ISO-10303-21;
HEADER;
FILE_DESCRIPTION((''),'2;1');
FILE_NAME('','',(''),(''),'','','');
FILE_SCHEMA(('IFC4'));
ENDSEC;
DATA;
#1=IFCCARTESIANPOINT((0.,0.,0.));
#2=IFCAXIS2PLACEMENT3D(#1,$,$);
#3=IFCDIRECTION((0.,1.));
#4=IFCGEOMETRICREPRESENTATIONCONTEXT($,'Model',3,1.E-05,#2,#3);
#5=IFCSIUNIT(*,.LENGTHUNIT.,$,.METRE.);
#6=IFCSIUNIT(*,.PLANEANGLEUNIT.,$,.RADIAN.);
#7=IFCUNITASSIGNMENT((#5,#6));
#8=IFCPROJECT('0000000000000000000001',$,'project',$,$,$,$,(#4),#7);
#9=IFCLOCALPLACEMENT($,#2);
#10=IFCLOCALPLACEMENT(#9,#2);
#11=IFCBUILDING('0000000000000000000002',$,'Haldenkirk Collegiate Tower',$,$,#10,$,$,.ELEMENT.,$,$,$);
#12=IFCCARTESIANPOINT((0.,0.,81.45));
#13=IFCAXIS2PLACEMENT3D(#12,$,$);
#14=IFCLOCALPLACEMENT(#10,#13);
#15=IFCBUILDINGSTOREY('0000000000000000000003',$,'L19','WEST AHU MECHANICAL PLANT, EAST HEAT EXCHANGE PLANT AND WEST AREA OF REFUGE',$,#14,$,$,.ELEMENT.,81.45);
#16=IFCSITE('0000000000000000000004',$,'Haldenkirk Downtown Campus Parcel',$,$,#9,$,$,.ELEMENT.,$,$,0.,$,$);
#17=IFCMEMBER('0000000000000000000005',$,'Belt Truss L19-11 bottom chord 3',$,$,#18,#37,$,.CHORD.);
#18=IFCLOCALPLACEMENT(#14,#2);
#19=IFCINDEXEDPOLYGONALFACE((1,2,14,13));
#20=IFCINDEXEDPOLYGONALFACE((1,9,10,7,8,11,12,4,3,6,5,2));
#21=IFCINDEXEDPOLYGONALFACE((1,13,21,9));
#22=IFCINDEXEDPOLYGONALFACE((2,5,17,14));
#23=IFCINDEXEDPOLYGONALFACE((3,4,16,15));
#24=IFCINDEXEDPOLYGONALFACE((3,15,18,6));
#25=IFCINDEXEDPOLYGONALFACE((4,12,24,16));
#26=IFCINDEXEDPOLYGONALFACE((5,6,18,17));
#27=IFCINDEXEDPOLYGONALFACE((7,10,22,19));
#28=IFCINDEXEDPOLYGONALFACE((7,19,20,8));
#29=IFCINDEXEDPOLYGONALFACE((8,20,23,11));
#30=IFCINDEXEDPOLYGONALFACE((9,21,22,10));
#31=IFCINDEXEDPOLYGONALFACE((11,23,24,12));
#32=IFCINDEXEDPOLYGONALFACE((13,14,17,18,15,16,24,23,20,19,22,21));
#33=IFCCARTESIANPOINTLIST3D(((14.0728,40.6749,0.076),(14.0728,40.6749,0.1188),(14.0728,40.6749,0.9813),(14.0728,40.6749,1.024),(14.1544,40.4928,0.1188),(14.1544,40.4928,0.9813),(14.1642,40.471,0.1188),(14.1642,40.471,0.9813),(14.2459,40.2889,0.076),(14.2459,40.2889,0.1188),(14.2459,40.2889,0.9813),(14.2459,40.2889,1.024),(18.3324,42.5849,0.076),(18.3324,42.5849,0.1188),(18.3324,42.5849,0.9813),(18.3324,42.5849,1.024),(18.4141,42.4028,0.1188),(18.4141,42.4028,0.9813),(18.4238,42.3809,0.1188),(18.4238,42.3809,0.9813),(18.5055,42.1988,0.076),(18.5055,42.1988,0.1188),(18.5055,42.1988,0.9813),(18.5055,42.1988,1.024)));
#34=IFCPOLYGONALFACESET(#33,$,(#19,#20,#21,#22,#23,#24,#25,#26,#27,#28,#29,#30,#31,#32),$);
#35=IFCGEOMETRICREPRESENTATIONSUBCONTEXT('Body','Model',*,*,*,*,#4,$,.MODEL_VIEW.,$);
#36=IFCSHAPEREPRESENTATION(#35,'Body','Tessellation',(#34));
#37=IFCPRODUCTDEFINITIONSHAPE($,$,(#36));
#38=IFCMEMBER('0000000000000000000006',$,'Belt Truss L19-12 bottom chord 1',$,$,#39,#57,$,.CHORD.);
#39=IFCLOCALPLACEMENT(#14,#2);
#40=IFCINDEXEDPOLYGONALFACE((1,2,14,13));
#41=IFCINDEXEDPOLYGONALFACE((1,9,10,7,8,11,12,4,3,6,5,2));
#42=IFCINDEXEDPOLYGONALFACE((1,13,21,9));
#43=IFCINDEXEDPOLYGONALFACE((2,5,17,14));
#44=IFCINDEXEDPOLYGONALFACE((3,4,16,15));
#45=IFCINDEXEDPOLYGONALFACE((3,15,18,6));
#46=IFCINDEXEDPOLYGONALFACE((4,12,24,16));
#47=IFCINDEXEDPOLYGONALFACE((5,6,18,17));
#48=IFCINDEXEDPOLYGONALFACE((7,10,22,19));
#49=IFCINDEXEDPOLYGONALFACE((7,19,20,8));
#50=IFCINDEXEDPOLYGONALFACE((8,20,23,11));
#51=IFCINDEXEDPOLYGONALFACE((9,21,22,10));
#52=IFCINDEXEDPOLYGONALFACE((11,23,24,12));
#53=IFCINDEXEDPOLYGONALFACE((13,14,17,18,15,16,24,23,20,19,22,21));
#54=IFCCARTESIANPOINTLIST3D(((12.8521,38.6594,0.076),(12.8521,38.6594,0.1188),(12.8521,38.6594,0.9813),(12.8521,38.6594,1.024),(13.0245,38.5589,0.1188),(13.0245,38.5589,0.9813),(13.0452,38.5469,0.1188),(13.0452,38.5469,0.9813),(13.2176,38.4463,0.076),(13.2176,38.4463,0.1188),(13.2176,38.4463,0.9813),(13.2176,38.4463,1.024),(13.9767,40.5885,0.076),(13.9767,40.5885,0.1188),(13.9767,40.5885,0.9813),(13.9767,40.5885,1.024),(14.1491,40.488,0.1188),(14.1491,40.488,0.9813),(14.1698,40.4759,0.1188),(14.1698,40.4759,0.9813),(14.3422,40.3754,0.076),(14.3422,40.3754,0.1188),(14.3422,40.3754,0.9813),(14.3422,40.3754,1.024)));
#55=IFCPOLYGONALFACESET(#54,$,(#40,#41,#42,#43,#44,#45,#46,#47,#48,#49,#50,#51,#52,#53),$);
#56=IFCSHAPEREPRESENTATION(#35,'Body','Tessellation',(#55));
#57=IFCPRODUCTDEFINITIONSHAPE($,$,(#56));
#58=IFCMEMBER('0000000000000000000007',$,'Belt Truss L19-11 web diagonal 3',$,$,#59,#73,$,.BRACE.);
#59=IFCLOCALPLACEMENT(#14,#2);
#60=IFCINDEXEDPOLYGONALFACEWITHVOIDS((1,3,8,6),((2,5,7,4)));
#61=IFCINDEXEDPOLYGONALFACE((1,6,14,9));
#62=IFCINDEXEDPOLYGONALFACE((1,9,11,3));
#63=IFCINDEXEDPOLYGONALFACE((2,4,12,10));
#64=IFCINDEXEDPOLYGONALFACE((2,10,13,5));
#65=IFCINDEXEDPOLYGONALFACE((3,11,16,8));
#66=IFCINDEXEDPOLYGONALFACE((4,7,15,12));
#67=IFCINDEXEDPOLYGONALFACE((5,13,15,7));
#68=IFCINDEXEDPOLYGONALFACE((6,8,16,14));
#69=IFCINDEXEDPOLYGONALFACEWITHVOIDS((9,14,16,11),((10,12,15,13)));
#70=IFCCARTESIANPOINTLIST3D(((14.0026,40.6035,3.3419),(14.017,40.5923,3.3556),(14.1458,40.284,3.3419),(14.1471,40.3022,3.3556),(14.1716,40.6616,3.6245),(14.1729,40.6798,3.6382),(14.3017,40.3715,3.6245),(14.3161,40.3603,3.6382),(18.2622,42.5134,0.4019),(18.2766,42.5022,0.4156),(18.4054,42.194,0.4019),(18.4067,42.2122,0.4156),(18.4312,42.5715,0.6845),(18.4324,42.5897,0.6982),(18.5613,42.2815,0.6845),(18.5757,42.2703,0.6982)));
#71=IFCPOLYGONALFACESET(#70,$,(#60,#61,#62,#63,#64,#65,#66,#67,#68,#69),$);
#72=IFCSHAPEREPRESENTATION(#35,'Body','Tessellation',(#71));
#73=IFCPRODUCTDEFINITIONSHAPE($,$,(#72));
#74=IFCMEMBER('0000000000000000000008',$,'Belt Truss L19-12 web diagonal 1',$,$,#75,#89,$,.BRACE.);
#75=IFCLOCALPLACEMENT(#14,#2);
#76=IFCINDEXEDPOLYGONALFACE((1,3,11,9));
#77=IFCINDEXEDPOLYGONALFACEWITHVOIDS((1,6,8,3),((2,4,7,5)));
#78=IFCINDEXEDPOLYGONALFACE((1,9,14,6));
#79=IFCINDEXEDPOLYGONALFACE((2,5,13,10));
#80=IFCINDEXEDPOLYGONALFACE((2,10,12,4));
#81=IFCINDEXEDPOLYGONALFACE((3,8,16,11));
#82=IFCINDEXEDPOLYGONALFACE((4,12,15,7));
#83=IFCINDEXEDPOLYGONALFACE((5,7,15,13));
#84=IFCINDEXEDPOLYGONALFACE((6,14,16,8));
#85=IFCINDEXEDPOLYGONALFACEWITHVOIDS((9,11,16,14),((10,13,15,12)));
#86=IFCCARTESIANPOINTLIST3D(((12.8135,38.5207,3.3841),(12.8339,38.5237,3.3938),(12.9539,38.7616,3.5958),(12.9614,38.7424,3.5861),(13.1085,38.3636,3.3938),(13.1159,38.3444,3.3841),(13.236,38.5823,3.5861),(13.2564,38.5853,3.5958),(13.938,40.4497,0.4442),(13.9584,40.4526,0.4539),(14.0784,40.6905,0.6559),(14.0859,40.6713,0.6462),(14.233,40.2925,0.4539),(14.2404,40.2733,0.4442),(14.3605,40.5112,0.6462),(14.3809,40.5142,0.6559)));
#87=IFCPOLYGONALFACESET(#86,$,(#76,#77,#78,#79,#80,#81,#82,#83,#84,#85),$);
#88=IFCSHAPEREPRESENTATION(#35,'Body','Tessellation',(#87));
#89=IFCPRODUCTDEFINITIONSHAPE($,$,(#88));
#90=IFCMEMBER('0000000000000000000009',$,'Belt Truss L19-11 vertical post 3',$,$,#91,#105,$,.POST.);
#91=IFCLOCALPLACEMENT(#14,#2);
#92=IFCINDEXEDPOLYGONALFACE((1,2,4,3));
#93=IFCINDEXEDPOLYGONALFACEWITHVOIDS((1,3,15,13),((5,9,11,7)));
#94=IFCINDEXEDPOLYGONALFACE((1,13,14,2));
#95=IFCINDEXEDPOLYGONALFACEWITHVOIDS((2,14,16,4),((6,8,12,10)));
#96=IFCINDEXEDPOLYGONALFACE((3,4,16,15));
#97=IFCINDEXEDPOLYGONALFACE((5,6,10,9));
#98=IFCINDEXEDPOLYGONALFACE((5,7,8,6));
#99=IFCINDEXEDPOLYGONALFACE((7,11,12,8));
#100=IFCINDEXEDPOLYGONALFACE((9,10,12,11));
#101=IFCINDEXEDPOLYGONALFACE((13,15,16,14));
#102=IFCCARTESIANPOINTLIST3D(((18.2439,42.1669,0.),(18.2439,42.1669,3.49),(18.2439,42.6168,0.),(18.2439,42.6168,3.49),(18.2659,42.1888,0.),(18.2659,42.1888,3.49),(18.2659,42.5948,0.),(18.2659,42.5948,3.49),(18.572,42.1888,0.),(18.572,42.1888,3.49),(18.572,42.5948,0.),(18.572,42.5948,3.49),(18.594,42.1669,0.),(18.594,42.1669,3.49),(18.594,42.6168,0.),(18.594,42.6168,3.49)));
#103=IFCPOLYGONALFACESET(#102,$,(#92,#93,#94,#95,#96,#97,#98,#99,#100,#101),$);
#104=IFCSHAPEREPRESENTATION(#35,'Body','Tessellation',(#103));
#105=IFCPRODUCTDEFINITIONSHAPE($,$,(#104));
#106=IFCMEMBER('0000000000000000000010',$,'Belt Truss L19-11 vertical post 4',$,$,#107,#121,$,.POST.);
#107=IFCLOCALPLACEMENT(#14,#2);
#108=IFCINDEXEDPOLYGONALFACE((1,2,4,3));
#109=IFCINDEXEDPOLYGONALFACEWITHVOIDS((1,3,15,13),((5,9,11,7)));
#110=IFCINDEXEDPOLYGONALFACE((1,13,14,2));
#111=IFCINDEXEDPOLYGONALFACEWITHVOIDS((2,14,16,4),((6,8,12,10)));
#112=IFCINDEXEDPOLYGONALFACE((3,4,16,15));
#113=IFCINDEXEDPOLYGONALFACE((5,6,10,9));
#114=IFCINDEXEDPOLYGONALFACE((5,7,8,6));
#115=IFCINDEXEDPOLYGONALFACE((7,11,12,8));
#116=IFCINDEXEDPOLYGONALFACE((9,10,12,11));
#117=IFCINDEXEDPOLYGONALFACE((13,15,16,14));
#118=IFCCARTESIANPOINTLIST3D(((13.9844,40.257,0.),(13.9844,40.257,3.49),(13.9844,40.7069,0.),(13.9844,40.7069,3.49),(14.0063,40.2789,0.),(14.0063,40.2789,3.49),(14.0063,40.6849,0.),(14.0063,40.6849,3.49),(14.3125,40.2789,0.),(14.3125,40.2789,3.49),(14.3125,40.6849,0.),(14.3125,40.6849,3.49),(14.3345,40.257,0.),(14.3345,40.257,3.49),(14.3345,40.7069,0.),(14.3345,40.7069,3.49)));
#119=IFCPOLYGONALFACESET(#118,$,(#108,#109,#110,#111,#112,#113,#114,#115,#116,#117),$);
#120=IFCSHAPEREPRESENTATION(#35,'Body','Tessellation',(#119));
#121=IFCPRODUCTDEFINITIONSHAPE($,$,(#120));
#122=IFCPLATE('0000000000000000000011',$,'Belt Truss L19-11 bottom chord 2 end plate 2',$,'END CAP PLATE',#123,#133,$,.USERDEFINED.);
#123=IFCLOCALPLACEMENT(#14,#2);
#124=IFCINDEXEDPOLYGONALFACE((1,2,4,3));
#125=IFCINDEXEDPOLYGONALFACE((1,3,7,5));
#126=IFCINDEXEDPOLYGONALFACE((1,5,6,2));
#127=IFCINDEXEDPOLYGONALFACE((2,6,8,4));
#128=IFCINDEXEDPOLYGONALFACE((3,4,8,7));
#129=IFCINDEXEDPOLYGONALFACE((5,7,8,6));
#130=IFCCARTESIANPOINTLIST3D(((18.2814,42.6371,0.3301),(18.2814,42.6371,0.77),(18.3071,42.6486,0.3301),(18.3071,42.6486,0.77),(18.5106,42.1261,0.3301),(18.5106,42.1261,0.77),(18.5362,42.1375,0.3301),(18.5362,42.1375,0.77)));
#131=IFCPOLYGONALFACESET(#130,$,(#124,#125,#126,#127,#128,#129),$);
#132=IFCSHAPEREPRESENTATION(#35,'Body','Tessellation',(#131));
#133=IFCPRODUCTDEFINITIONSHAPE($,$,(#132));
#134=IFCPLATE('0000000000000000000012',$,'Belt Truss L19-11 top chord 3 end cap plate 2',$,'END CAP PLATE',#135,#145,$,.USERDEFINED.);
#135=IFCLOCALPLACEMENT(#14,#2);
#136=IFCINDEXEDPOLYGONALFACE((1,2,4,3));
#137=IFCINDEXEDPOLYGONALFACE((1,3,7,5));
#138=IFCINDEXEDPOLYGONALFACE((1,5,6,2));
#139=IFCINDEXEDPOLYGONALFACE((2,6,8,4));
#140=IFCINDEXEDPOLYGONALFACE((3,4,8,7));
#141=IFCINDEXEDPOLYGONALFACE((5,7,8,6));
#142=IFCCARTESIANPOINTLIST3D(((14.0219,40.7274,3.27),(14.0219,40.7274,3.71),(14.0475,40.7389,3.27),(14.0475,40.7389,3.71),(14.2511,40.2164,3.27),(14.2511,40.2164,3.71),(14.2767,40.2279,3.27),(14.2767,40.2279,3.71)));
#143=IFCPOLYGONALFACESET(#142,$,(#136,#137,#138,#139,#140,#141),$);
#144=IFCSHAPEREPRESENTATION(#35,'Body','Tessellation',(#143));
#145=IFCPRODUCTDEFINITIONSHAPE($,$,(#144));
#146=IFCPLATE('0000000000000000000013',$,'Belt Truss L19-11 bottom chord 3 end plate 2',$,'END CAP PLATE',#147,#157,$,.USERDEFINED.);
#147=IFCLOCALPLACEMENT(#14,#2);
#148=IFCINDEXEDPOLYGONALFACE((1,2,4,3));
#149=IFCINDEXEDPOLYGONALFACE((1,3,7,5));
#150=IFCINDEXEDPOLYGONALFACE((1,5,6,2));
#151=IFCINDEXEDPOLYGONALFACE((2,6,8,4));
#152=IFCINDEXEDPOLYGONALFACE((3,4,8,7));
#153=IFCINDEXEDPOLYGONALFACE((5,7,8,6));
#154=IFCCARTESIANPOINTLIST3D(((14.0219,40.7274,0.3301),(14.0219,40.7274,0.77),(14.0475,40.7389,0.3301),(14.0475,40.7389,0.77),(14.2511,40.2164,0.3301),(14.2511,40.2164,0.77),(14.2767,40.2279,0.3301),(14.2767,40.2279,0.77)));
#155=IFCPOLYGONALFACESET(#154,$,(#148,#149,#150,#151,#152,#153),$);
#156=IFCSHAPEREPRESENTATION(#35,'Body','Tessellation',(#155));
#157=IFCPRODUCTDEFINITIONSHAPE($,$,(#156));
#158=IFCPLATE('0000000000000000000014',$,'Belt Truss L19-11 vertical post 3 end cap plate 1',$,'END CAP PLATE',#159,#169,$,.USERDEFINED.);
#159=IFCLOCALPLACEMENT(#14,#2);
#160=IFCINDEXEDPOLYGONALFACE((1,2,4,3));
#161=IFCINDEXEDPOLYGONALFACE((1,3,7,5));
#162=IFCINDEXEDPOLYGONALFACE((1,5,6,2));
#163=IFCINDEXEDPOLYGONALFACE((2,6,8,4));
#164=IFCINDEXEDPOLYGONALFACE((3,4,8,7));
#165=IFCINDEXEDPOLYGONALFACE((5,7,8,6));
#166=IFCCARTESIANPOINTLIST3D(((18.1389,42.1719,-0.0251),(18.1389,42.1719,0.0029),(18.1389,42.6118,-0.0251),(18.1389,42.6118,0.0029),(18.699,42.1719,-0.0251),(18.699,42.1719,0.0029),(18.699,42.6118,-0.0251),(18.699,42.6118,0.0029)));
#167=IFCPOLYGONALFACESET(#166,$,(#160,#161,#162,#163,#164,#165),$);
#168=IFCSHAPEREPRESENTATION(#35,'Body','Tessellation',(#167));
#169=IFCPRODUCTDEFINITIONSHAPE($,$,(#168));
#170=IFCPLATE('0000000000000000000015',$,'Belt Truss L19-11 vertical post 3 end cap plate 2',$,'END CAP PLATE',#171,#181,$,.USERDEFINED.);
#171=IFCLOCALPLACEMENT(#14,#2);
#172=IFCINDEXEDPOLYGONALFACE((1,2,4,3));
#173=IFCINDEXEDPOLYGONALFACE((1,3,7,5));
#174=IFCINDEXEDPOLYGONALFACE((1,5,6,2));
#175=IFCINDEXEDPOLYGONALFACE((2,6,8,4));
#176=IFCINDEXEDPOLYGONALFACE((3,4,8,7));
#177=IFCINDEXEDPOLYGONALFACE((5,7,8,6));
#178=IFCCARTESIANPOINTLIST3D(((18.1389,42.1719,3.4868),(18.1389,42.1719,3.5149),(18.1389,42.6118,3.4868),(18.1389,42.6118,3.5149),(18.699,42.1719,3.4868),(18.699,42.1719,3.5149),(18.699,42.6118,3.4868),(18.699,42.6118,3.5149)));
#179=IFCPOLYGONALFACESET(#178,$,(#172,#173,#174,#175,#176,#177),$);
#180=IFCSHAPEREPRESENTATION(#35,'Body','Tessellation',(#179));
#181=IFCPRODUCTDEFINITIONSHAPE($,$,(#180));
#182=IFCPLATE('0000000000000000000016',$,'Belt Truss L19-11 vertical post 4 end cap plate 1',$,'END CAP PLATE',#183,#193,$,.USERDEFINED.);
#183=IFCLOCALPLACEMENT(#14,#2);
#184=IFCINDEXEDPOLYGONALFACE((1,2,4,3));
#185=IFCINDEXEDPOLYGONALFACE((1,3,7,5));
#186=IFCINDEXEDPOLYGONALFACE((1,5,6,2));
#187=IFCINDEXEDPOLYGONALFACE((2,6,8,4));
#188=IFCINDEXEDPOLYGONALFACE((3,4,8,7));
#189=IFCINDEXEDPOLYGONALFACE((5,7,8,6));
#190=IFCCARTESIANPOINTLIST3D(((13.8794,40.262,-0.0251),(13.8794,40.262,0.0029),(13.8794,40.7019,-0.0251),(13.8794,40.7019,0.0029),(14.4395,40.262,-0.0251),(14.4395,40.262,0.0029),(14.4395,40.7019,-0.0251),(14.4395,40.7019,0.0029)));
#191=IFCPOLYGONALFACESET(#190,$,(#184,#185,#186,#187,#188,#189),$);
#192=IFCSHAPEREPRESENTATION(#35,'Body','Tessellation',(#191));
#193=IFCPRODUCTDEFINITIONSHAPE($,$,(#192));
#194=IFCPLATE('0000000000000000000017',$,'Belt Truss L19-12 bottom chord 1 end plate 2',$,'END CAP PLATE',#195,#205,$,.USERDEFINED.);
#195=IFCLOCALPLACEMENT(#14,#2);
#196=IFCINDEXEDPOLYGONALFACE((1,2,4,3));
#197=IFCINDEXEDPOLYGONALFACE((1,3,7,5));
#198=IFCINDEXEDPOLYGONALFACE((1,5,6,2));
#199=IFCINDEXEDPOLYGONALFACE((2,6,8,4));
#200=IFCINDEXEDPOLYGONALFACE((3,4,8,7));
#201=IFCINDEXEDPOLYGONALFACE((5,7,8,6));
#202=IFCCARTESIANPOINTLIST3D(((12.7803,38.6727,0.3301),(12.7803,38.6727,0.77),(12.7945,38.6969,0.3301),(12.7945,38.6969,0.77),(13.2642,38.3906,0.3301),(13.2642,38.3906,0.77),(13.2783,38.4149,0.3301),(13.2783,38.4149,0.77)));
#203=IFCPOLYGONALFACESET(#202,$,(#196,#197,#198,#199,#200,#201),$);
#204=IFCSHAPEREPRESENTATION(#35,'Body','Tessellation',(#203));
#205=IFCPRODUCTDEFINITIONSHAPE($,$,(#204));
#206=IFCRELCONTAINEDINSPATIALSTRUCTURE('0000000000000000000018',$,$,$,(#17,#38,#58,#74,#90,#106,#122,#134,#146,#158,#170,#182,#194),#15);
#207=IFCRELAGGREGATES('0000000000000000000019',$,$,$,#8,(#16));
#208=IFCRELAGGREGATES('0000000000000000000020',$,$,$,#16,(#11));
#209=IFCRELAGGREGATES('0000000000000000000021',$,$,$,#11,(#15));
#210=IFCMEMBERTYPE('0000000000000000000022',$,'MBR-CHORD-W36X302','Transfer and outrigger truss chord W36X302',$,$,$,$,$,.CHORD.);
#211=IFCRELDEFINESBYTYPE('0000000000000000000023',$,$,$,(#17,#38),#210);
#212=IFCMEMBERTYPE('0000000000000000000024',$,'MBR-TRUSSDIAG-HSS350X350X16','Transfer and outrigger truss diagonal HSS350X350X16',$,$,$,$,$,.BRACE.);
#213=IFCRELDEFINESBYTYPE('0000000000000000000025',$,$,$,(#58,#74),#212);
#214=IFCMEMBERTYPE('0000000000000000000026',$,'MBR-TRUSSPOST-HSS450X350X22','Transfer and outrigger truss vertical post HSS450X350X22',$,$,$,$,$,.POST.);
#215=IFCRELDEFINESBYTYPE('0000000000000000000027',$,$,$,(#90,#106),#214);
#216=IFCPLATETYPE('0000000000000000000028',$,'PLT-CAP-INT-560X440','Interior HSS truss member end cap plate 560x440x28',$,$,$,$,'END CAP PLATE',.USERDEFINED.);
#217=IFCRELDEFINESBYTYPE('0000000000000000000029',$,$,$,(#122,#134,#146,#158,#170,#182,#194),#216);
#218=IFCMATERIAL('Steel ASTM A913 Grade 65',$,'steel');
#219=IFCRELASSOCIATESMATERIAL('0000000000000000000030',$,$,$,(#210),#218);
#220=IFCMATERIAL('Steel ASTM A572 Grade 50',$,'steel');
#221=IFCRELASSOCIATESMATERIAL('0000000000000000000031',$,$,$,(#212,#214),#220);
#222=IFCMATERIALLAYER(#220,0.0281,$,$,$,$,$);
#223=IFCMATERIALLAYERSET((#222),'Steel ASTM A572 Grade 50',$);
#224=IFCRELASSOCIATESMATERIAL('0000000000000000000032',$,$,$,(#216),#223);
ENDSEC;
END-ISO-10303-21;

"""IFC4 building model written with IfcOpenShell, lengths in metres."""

from ifc_helpers import new_model, si_unit, direction, frame, origin, origin_2d, place, context, subcontext, project, spatial, rectangle, hollow_rectangle, i_section, extrude, source, transform, mapped, material, layer, layer_set, material_profile, profile_set, type_object, element, save


model = new_model("IFC4")

# Units and contexts
model_context = context("Model", 3, precision=1e-05, world=origin(), true_north=direction((0.0, 1.0)))
body_context = subcontext(model_context, "Body", "Model", "MODEL_VIEW")
ifc_project = project(units=[si_unit("LENGTHUNIT", "METRE"), si_unit("PLANEANGLEUNIT", "RADIAN")], contexts=[model_context])

# Site, building, storey
site_placement = place(None, origin())
site = spatial("IfcSite", under=ifc_project, at=site_placement, Name="Haldenkirk Downtown Campus Parcel", CompositionType="ELEMENT", RefElevation=0.0)
building_placement = place(site_placement, origin())
building = spatial("IfcBuilding", under=site, at=building_placement, Name="Haldenkirk Collegiate Tower", CompositionType="ELEMENT")
storey_placement = place(building_placement, frame((0.0, 0.0, 81.45)))
storey = spatial("IfcBuildingStorey", under=building, at=storey_placement, Name="L19", Description="WEST AHU MECHANICAL PLANT, EAST HEAT EXCHANGE PLANT AND WEST AREA OF REFUGE", CompositionType="ELEMENT", Elevation=81.45)

# Shared definitions
ifc_material_1 = material(Name="Steel ASTM A913 Grade 65", Category="steel")
ifc_material_2 = material(Name="Steel ASTM A572 Grade 50", Category="steel")

# Members
ifc_material_profile_1 = material_profile(ifc_material_1, i_section(OverallWidth=0.4231, OverallDepth=0.948, WebThickness=0.0239, FlangeThickness=0.0427, at=origin_2d()), Name="W36X302")
ifc_profile_set_1 = profile_set([ifc_material_profile_1], Name="Steel ASTM A913 Grade 65")
member_type_1 = type_object("IfcMemberType", Name="MBR-CHORD-W36X302", Description="Transfer and outrigger truss chord W36X302", PredefinedType="CHORD", material=ifc_profile_set_1)
member_1_placement = place(storey_placement, frame((18.4189, 42.3918, 0.55), z_axis=(-0.912472, -0.40914, 0.0), x_axis=(0.40914, -0.912472, 0.0)))
element("IfcMember", 1, at=member_1_placement, inside=storey, type_object=member_type_1, Name="Belt Truss L19-11 bottom chord 3", PredefinedType="CHORD", context=body_context, shape_type="SweptSolid", body=[
    extrude(i_section(OverallWidth=0.4231, OverallDepth=0.948, WebThickness=0.0239, FlangeThickness=0.0427, at=origin_2d()), origin(), (0.0, 0.0, 1.0), 4.6682),
])
member_2_placement = place(storey_placement, frame((14.1594, 40.4819, 0.55), z_axis=(-0.503633, -0.863918, 0.0), x_axis=(0.863918, -0.503633, 0.0)))
element("IfcMember", 2, at=member_2_placement, inside=storey, type_object=member_type_1, Name="Belt Truss L19-12 bottom chord 1", PredefinedType="CHORD", context=body_context, shape_type="SweptSolid", body=[
    extrude(i_section(OverallWidth=0.4231, OverallDepth=0.948, WebThickness=0.0239, FlangeThickness=0.0427, at=origin_2d()), origin(), (0.0, 0.0, 1.0), 2.2329),
])
ifc_material_profile_2 = material_profile(ifc_material_2, hollow_rectangle(XDim=0.3501, YDim=0.3501, WallThickness=0.0161, at=origin_2d()), Name="HSS350X350X16")
ifc_profile_set_2 = profile_set([ifc_material_profile_2], Name="Steel ASTM A572 Grade 50")
member_type_2 = type_object("IfcMemberType", Name="MBR-TRUSSDIAG-HSS350X350X16", Description="Transfer and outrigger truss diagonal HSS350X350X16", PredefinedType="BRACE", material=ifc_profile_set_2)
member_3_placement = place(storey_placement, frame((18.4189, 42.3918, 0.55), z_axis=(-0.772107, -0.346202, 0.532912), x_axis=(0.40914, -0.912472, 0.0)))
element("IfcMember", 3, at=member_3_placement, inside=storey, type_object=member_type_2, Name="Belt Truss L19-11 web diagonal 3", PredefinedType="BRACE", context=body_context, shape_type="SweptSolid", body=[
    extrude(hollow_rectangle(XDim=0.3501, YDim=0.3501, WallThickness=0.0161, at=origin_2d()), origin(), (0.0, 0.0, 1.0), 5.5168),
])
member_4_placement = place(storey_placement, frame((14.1594, 40.4819, 0.55), z_axis=(-0.304605, -0.522511, 0.796365), x_axis=(0.863918, -0.503633, 0.0)))
element("IfcMember", 4, at=member_4_placement, inside=storey, type_object=member_type_2, Name="Belt Truss L19-12 web diagonal 1", PredefinedType="BRACE", context=body_context, shape_type="SweptSolid", body=[
    extrude(hollow_rectangle(XDim=0.3501, YDim=0.3501, WallThickness=0.0161, at=origin_2d()), origin(), (0.0, 0.0, 1.0), 3.6917),
])
ifc_material_profile_3 = material_profile(ifc_material_2, hollow_rectangle(XDim=0.3501, YDim=0.45, WallThickness=0.022, at=origin_2d()), Name="HSS450X350X22")
ifc_profile_set_3 = profile_set([ifc_material_profile_3], Name="Steel ASTM A572 Grade 50")
member_type_3 = type_object("IfcMemberType", Name="MBR-TRUSSPOST-HSS450X350X22", Description="Transfer and outrigger truss vertical post HSS450X350X22", PredefinedType="POST", material=ifc_profile_set_3)
for number, where, z_axis, x_axis, name in (
    (5, (18.4189, 42.3918, 0.0), (0.0, 0.0, 1.0), (1.0, 0.0, 0.0), "Belt Truss L19-11 vertical post 3"),
    (6, (14.1594, 40.4819, 0.0), (0.0, 0.0, 1.0), (1.0, 0.0, 0.0), "Belt Truss L19-11 vertical post 4"),
):
    element("IfcMember", number, at=place(storey_placement, frame(where, z_axis=z_axis, x_axis=x_axis)), inside=storey, type_object=member_type_3, Name=name, PredefinedType="POST", context=body_context, shape_type="SweptSolid", body=[
        extrude(hollow_rectangle(XDim=0.3501, YDim=0.45, WallThickness=0.022, at=origin_2d()), origin(), (0.0, 0.0, 1.0), 3.49),
    ])

# Plates
ifc_layer_1 = layer(ifc_material_2, 0.0281)
ifc_layer_set_1 = layer_set([ifc_layer_1], Name="Steel ASTM A572 Grade 50")
plate_type = type_object("IfcPlateType", Name="PLT-CAP-INT-560X440", Description="Interior HSS truss member end cap plate 560x440x28", ElementType="END CAP PLATE", PredefinedType="USERDEFINED", material=ifc_layer_set_1)
shared_shape_1 = source(origin(), body_context, "Body", "SweptSolid", [
    extrude(rectangle(XDim=0.5601, YDim=0.4399, at=origin_2d()), origin(), (0.0, 0.0, 1.0), 0.0281),
])
for number, where, z_axis, x_axis, name in (
    (7, (18.4216, 42.3931, 0.55), (-0.912477, -0.409127, 0.0), (0.409127, -0.912477, 0.0), "Belt Truss L19-11 bottom chord 2 end plate 2"),
    (8, (14.1621, 40.4834, 3.49), (-0.912476, -0.40913, 0.0), (0.40913, -0.912476, 0.0), "Belt Truss L19-11 top chord 3 end cap plate 2"),
    (9, (14.1621, 40.4834, 0.55), (-0.912477, -0.409127, 0.0), (0.409127, -0.912477, 0.0), "Belt Truss L19-11 bottom chord 3 end plate 2"),
    (10, (18.4189, 42.3918, 0.0029), (0.0, 0.0, -1.0), (1.0, 0.0, 0.0), "Belt Truss L19-11 vertical post 3 end cap plate 1"),
    (11, (18.4189, 42.3918, 3.4868), (0.0, 0.0, 1.0), (1.0, 0.0, 0.0), "Belt Truss L19-11 vertical post 3 end cap plate 2"),
    (12, (14.1594, 40.4819, 0.0029), (0.0, 0.0, -1.0), (1.0, 0.0, 0.0), "Belt Truss L19-11 vertical post 4 end cap plate 1"),
    (13, (13.0364, 38.5559, 0.55), (-0.503667, -0.863898, 0.0), (0.863898, -0.503667, 0.0), "Belt Truss L19-12 bottom chord 1 end plate 2"),
):
    element("IfcPlate", number, at=place(storey_placement, frame(where, z_axis=z_axis, x_axis=x_axis)), inside=storey, type_object=plate_type, Name=name, ObjectType="END CAP PLATE", PredefinedType="USERDEFINED", context=body_context, shape_type="MappedRepresentation", body=[
        mapped(shared_shape_1, transform((0.0, 0.0, 0.0), x_axis=(1.0, 0.0, 0.0), y_axis=(0.0, 1.0, 0.0), z_axis=(0.0, 0.0, 1.0), scale=1.0)),
    ])

save(model, "model.ifc")
